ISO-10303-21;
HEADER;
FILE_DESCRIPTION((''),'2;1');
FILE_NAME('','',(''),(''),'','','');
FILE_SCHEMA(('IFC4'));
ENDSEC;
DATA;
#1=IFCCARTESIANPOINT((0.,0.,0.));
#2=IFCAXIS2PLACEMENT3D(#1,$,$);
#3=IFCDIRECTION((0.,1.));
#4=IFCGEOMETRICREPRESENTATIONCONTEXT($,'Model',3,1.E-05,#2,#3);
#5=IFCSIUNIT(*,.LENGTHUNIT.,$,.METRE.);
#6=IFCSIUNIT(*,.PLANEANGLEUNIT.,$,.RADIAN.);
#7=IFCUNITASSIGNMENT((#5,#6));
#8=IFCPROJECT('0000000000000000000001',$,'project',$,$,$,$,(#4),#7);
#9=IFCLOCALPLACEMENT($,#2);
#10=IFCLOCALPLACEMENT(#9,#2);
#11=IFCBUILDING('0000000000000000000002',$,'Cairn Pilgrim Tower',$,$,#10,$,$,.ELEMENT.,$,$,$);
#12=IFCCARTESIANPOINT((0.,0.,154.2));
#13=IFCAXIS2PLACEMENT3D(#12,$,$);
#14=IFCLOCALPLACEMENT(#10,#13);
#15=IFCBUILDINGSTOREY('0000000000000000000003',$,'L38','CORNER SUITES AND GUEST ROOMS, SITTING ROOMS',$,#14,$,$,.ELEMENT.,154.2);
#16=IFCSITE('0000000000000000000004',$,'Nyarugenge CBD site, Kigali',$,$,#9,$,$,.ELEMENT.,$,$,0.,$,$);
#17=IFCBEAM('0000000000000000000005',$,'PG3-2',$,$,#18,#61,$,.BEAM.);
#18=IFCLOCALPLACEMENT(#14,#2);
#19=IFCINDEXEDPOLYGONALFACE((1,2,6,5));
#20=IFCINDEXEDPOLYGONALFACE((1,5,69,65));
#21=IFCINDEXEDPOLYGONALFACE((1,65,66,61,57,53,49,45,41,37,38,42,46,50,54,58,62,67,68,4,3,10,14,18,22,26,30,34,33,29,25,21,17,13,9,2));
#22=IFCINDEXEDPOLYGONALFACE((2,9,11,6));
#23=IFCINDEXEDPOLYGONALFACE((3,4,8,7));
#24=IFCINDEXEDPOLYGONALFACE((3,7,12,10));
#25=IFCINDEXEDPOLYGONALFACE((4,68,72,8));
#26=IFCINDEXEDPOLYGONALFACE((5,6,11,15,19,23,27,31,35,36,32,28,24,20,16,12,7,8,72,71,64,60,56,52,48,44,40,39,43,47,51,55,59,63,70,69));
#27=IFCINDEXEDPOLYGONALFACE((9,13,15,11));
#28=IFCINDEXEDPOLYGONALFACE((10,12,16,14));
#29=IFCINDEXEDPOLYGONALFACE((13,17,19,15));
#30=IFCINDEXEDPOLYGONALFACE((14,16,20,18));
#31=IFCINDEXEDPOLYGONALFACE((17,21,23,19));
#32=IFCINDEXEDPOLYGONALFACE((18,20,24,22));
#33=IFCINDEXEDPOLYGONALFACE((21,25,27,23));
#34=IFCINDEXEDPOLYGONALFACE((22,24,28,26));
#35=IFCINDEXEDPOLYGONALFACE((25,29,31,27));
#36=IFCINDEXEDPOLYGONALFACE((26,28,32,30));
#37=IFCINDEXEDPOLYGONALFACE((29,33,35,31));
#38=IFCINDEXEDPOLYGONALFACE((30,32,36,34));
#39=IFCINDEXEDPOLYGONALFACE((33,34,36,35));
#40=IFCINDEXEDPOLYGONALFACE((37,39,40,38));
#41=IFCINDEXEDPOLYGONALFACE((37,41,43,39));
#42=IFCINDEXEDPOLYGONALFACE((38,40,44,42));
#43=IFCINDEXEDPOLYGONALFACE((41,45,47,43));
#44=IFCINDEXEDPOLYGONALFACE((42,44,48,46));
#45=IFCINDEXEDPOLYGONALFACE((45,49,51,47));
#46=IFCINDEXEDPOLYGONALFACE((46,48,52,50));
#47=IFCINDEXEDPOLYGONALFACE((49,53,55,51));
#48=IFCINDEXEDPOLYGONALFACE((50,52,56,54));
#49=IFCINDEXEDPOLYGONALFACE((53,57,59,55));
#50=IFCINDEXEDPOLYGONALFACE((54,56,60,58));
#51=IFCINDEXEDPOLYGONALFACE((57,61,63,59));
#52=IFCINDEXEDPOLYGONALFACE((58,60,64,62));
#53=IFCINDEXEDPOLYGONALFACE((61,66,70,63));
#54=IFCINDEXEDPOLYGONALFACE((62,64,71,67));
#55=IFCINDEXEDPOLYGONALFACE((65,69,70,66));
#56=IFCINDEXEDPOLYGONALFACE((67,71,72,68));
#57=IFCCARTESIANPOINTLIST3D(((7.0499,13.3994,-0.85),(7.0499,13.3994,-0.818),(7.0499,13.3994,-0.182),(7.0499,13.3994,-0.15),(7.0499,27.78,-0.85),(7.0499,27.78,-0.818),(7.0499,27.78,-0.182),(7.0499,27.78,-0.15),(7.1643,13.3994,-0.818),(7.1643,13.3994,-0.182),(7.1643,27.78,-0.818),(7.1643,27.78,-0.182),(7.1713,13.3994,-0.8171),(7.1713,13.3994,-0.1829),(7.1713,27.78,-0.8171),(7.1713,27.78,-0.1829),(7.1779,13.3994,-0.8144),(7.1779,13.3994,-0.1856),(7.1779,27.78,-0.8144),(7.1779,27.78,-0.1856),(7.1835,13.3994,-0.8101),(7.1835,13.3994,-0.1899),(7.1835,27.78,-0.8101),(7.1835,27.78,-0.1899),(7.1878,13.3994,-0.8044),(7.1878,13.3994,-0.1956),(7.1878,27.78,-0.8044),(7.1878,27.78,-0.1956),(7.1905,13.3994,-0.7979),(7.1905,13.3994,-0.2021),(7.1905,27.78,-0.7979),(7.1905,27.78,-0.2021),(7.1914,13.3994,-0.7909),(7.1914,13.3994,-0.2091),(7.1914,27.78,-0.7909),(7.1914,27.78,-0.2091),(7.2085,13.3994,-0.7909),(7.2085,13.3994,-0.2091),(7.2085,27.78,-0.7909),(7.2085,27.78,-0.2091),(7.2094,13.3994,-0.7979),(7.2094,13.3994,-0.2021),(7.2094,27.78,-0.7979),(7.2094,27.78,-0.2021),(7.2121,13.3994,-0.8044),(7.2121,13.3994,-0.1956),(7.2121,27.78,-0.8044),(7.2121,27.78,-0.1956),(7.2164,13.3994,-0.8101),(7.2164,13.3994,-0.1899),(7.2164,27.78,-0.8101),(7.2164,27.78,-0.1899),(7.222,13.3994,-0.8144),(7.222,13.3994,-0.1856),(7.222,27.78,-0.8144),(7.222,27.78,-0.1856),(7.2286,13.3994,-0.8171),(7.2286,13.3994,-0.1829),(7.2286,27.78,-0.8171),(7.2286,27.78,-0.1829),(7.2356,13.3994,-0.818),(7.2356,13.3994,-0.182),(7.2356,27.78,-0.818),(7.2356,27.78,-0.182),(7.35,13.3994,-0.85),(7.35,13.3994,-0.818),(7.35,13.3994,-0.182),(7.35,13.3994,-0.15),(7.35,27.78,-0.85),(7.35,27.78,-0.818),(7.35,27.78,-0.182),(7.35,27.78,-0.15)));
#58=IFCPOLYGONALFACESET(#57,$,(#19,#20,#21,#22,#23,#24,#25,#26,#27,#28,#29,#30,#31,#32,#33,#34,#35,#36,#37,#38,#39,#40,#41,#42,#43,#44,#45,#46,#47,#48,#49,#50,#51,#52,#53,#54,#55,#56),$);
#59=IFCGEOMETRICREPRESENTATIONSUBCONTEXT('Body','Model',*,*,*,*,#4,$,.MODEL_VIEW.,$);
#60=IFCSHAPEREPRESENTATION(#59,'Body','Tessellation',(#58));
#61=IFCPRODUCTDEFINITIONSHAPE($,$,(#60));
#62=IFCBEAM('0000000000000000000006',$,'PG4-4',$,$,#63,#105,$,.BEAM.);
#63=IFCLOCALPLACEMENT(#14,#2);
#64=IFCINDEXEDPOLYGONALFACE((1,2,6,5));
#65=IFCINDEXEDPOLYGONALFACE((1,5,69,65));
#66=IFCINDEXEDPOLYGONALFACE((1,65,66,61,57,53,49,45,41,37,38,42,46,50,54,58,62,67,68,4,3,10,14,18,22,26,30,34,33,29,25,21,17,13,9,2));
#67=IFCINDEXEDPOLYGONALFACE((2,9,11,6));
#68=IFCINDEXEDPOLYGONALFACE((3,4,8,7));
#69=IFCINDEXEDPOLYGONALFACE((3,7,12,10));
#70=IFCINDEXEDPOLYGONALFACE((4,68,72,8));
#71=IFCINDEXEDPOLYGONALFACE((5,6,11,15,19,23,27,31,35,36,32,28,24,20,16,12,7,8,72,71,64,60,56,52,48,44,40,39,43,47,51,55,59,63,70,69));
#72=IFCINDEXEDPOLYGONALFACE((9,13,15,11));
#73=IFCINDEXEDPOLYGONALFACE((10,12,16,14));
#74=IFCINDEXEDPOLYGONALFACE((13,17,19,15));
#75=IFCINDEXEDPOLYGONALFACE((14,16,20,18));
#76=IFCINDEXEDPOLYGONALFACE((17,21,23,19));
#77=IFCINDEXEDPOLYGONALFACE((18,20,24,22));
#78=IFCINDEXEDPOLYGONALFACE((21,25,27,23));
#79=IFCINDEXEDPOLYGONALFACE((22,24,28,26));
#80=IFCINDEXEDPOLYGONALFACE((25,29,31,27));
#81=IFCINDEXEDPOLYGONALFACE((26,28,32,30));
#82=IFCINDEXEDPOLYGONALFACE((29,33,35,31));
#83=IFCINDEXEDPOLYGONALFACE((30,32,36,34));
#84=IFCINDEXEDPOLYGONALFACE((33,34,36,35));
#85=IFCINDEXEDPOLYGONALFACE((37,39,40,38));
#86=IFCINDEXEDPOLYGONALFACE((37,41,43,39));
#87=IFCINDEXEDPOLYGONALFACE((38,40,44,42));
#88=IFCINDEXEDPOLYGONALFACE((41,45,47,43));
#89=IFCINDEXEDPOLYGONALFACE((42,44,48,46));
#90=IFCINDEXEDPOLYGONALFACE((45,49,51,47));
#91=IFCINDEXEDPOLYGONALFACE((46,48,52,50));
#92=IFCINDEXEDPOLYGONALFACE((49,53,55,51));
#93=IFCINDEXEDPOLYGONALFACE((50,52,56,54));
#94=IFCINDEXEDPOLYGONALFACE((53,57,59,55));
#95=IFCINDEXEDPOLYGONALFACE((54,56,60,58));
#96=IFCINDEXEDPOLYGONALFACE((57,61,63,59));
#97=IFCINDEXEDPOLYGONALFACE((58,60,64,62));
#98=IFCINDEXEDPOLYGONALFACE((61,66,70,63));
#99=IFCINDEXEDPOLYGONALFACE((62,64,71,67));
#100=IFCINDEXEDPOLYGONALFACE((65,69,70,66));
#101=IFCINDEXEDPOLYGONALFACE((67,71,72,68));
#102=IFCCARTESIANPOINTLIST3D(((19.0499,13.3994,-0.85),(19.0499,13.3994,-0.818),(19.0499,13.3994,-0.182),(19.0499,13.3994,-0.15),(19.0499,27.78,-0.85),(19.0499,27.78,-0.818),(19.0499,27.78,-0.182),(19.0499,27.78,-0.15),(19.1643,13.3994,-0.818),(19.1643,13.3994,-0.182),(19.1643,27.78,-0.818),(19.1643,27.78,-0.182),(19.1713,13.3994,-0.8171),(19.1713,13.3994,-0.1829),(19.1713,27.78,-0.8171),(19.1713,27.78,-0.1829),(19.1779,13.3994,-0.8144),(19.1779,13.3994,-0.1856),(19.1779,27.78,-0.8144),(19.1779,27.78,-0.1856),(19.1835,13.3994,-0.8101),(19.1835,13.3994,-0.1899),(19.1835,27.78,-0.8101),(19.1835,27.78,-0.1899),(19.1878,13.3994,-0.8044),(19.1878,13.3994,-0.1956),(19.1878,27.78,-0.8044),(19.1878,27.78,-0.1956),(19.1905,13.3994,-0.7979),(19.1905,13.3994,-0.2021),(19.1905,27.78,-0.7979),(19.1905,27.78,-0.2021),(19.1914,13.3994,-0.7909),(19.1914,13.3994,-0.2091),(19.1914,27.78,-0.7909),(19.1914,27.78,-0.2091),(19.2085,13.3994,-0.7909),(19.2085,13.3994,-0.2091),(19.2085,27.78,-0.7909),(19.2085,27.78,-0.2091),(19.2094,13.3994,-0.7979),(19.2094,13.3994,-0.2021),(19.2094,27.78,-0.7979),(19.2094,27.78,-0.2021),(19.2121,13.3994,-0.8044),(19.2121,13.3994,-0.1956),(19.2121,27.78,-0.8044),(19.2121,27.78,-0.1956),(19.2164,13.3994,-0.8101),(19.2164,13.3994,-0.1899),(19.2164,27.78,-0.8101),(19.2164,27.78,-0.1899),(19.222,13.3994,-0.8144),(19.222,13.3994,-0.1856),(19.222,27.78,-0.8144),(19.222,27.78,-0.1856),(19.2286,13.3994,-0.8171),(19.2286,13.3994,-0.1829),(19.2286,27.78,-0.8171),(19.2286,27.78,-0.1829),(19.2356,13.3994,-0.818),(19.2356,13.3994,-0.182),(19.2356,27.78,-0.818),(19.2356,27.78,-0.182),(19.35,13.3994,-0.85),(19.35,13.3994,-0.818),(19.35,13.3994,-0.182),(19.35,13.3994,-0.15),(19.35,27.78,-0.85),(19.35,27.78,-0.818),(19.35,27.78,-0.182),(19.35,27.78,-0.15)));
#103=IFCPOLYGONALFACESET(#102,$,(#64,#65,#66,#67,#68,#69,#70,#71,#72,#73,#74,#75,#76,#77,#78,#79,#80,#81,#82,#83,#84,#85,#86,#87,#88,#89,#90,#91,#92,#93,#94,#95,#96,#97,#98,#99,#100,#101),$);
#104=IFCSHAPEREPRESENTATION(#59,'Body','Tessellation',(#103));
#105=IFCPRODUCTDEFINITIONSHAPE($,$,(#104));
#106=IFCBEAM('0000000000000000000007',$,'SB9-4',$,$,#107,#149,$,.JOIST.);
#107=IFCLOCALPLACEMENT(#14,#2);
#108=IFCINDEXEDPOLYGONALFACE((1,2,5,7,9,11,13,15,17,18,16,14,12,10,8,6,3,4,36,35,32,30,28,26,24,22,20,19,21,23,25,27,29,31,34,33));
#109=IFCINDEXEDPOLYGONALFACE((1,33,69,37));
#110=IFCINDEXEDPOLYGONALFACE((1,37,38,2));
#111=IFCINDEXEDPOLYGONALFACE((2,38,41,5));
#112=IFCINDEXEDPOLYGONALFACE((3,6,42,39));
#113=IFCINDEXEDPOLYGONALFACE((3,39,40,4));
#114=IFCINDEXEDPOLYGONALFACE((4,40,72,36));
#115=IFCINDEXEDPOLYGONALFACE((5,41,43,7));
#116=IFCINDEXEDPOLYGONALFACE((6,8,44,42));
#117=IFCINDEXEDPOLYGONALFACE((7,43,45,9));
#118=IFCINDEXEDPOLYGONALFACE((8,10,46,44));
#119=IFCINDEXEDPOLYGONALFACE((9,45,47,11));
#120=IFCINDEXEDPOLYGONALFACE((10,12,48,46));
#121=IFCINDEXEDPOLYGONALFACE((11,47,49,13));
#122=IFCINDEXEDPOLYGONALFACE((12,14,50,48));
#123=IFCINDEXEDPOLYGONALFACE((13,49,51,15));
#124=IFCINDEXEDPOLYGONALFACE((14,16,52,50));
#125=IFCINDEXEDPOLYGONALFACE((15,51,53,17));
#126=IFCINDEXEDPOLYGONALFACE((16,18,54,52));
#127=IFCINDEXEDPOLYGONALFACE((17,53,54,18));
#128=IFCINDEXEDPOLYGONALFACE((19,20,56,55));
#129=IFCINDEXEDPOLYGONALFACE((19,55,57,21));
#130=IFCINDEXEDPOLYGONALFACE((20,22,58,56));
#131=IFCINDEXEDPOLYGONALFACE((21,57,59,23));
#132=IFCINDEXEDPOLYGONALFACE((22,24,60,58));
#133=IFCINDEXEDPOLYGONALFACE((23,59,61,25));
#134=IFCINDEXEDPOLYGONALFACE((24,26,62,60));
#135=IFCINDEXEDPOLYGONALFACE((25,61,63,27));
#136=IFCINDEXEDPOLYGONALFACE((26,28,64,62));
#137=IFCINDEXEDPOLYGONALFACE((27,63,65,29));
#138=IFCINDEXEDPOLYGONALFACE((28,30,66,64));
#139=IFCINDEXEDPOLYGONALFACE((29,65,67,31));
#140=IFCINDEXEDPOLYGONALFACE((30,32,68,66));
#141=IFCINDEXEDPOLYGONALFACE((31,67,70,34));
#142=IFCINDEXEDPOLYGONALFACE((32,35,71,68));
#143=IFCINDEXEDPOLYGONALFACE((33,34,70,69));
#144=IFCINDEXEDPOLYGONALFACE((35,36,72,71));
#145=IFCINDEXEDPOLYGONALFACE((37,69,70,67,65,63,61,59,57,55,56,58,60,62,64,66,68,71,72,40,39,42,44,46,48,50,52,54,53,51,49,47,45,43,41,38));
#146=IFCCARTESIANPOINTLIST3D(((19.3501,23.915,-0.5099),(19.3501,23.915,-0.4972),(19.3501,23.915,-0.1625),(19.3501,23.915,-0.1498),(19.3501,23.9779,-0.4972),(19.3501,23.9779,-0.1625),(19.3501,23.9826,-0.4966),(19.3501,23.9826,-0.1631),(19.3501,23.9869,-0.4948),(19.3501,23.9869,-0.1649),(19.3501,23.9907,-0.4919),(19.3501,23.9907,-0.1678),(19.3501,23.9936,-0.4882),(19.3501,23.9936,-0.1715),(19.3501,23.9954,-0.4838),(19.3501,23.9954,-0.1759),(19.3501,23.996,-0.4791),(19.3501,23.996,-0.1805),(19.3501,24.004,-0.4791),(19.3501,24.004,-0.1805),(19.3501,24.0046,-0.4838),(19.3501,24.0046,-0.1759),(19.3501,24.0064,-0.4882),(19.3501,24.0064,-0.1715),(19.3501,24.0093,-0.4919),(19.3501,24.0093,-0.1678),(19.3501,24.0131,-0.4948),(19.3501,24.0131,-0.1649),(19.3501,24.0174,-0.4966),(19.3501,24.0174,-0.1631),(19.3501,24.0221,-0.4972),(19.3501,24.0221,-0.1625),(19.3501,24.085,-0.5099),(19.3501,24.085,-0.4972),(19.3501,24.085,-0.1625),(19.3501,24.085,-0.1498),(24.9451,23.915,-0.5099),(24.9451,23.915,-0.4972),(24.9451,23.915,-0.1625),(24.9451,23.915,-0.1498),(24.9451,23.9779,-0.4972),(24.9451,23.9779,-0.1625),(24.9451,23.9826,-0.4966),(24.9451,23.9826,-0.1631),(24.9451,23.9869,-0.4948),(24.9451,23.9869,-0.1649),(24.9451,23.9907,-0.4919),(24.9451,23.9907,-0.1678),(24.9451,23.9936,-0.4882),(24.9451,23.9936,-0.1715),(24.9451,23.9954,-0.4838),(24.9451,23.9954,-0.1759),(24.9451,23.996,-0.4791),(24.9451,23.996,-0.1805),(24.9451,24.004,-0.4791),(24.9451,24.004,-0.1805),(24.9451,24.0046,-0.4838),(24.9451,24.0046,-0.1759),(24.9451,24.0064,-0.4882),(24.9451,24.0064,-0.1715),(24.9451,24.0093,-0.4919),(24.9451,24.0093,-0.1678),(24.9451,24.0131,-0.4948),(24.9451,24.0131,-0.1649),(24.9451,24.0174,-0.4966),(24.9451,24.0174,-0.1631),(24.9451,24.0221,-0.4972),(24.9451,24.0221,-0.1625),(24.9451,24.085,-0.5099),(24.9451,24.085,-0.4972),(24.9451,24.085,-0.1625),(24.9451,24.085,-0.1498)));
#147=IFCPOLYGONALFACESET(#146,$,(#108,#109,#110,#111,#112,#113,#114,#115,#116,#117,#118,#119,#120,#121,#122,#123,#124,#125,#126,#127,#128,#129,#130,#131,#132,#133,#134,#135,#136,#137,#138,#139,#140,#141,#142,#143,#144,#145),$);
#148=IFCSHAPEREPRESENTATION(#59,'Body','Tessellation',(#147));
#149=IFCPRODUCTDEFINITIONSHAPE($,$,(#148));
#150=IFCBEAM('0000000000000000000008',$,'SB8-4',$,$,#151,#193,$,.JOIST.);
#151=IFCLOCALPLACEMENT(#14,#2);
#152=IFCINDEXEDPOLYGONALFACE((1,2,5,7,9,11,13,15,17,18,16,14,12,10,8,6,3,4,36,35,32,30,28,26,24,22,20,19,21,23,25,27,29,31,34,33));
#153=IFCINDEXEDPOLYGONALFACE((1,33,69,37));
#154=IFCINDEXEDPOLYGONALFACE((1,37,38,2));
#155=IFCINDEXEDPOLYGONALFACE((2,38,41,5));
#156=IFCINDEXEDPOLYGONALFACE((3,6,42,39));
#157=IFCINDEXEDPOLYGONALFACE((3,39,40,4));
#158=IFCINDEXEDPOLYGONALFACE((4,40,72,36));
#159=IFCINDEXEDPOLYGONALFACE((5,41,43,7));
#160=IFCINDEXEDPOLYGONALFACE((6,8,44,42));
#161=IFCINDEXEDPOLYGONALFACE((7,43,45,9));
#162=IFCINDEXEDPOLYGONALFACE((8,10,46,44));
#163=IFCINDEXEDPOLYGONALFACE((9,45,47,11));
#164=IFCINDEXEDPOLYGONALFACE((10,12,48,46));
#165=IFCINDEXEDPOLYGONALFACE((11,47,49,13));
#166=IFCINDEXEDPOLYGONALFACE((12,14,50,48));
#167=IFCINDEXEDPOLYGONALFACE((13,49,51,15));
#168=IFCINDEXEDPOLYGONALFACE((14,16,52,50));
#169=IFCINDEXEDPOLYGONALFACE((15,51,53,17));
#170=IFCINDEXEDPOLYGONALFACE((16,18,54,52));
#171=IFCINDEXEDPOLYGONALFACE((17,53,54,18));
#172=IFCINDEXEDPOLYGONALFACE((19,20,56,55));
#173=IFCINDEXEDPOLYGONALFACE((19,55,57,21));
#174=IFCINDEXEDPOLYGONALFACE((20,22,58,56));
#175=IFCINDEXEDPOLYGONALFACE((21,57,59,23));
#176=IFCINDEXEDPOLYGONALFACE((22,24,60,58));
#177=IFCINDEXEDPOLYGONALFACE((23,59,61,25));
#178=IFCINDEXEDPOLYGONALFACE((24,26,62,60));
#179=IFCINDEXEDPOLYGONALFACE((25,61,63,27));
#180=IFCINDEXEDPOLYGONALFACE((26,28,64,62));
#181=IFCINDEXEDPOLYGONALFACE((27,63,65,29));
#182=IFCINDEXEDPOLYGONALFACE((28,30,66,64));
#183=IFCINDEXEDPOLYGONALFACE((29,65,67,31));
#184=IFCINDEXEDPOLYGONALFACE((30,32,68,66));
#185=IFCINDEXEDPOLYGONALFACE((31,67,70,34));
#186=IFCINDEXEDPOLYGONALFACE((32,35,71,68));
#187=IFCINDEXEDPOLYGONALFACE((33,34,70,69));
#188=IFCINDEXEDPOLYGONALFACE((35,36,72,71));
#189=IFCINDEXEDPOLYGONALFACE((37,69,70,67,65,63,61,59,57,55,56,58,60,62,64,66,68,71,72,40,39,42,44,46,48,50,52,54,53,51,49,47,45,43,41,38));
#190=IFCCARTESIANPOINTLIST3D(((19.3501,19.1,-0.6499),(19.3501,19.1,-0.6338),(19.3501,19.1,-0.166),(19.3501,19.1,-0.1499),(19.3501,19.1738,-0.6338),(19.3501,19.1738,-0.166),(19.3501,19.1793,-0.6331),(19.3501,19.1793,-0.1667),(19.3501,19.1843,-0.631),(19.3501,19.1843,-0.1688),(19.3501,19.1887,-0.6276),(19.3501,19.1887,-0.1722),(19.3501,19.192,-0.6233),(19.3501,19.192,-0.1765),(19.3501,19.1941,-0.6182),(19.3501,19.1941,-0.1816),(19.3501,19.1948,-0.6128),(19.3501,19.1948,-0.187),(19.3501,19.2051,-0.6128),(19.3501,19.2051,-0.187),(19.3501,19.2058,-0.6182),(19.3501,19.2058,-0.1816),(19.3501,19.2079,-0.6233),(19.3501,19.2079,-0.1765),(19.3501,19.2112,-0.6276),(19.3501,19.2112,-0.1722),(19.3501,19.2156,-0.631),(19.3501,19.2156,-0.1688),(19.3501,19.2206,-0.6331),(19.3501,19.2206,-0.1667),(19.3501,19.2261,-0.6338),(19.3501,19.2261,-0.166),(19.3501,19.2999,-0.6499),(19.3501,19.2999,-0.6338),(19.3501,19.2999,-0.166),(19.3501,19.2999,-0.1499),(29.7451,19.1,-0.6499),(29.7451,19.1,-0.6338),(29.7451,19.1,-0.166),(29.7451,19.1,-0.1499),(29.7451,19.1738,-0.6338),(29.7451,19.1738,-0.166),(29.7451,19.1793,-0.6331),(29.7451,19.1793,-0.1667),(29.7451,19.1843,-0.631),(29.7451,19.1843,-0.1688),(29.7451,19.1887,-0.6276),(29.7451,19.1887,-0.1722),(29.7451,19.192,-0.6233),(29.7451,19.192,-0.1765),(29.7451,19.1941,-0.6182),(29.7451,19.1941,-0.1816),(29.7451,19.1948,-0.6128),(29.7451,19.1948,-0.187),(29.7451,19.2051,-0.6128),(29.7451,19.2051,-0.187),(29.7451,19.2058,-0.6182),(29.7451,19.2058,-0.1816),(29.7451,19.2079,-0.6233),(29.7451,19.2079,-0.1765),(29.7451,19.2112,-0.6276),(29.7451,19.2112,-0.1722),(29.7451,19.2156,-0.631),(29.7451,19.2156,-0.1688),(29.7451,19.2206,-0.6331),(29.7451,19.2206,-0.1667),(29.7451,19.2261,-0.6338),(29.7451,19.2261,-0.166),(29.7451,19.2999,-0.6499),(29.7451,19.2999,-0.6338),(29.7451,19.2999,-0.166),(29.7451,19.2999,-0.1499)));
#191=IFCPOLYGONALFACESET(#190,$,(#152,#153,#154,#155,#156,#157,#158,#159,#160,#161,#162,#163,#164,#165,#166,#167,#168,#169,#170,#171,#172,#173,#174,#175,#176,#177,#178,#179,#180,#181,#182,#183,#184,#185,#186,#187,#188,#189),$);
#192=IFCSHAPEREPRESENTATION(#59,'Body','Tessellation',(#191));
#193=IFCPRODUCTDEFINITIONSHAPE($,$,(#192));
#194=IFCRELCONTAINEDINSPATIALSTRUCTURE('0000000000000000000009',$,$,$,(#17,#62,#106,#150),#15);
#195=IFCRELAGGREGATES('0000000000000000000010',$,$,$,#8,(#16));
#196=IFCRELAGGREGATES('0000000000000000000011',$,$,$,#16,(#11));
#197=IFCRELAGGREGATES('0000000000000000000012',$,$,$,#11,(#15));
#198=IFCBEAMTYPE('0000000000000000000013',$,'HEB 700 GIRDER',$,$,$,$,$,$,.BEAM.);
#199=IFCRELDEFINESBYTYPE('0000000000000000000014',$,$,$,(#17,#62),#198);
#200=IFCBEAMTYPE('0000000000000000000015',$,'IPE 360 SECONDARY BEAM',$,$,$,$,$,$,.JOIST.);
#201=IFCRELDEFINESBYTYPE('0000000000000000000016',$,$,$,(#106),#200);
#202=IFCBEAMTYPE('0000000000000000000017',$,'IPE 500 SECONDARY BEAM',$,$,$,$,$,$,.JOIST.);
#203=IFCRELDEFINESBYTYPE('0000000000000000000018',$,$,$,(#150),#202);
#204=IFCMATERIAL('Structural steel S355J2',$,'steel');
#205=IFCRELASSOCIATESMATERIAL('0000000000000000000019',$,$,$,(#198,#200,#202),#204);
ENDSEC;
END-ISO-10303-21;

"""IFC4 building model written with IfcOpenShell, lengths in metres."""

from ifc_helpers import new_model, si_unit, direction, frame, origin, origin_2d, place, context, subcontext, project, spatial, i_section, extrude, material, material_profile, profile_set, type_object, element, save


model = new_model("IFC4")

# Units and contexts
model_context = context("Model", 3, precision=1e-05, world=origin(), true_north=direction((0.0, 1.0)))
body_context = subcontext(model_context, "Body", "Model", "MODEL_VIEW")
ifc_project = project(units=[si_unit("LENGTHUNIT", "METRE"), si_unit("PLANEANGLEUNIT", "RADIAN")], contexts=[model_context])

# Site, building, storey
site_placement = place(None, origin())
site = spatial("IfcSite", under=ifc_project, at=site_placement, Name="Nyarugenge CBD site, Kigali", CompositionType="ELEMENT", RefElevation=0.0)
building_placement = place(site_placement, origin())
building = spatial("IfcBuilding", under=site, at=building_placement, Name="Cairn Pilgrim Tower", CompositionType="ELEMENT")
storey_placement = place(building_placement, frame((0.0, 0.0, 154.2)))
storey = spatial("IfcBuildingStorey", under=building, at=storey_placement, Name="L38", Description="CORNER SUITES AND GUEST ROOMS, SITTING ROOMS", CompositionType="ELEMENT", Elevation=154.2)

# Shared definitions
ifc_material_1 = material(Name="Structural steel S355J2", Category="steel")

# Beams
ifc_material_profile_1 = material_profile(ifc_material_1, i_section(OverallWidth=0.3, OverallDepth=0.7, WebThickness=0.0171, FlangeThickness=0.032, FilletRadius=0.0271, at=origin_2d()), Name="HEB 700")
ifc_profile_set_1 = profile_set([ifc_material_profile_1], Name="Structural steel S355J2")
beam_type_1 = type_object("IfcBeamType", Name="HEB 700 GIRDER", PredefinedType="BEAM", material=ifc_profile_set_1)
for number, where, z_axis, x_axis, name in (
    (1, (7.2, 13.3994, -0.5), (0.0, 1.0, 0.0), (-1.0, 0.0, 0.0), "PG3-2"),
    (2, (19.2, 13.3994, -0.5), (0.0, 1.0, 0.0), (-1.0, 0.0, 0.0), "PG4-4"),
):
    element("IfcBeam", number, at=place(storey_placement, frame(where, z_axis=z_axis, x_axis=x_axis)), inside=storey, type_object=beam_type_1, Name=name, PredefinedType="BEAM", context=body_context, shape_type="SweptSolid", body=[
        extrude(i_section(OverallWidth=0.3, OverallDepth=0.7, WebThickness=0.0171, FlangeThickness=0.032, FilletRadius=0.0271, at=origin_2d()), origin(), (0.0, 0.0, 1.0), 14.3806),
    ])
ifc_material_profile_2 = material_profile(ifc_material_1, i_section(OverallWidth=0.1699, OverallDepth=0.3601, WebThickness=0.0081, FlangeThickness=0.0127, FilletRadius=0.0181, at=origin_2d()), Name="IPE 360")
ifc_profile_set_2 = profile_set([ifc_material_profile_2], Name="Structural steel S355J2")
beam_type_2 = type_object("IfcBeamType", Name="IPE 360 SECONDARY BEAM", PredefinedType="JOIST", material=ifc_profile_set_2)
beam_1_placement = place(storey_placement, frame((19.3501, 24.0, -0.3298), z_axis=(1.0, 0.0, 0.0), x_axis=(0.0, 1.0, 0.0)))
element("IfcBeam", 3, at=beam_1_placement, inside=storey, type_object=beam_type_2, Name="SB9-4", PredefinedType="JOIST", context=body_context, shape_type="SweptSolid", body=[
    extrude(i_section(OverallWidth=0.1699, OverallDepth=0.3601, WebThickness=0.0081, FlangeThickness=0.0127, FilletRadius=0.0181, at=origin_2d()), origin(), (0.0, 0.0, 1.0), 5.595),
])
ifc_material_profile_3 = material_profile(ifc_material_1, i_section(OverallWidth=0.2, OverallDepth=0.5, WebThickness=0.0103, FlangeThickness=0.0161, FilletRadius=0.021, at=origin_2d()), Name="IPE 500")
ifc_profile_set_3 = profile_set([ifc_material_profile_3], Name="Structural steel S355J2")
beam_type_3 = type_object("IfcBeamType", Name="IPE 500 SECONDARY BEAM", PredefinedType="JOIST", material=ifc_profile_set_3)
beam_2_placement = place(storey_placement, frame((19.3501, 19.2, -0.3999), z_axis=(1.0, 0.0, 0.0), x_axis=(0.0, 1.0, 0.0)))
element("IfcBeam", 4, at=beam_2_placement, inside=storey, type_object=beam_type_3, Name="SB8-4", PredefinedType="JOIST", context=body_context, shape_type="SweptSolid", body=[
    extrude(i_section(OverallWidth=0.2, OverallDepth=0.5, WebThickness=0.0103, FlangeThickness=0.0161, FilletRadius=0.021, at=origin_2d()), origin(), (0.0, 0.0, 1.0), 10.395),
])

save(model, "model.ifc")
